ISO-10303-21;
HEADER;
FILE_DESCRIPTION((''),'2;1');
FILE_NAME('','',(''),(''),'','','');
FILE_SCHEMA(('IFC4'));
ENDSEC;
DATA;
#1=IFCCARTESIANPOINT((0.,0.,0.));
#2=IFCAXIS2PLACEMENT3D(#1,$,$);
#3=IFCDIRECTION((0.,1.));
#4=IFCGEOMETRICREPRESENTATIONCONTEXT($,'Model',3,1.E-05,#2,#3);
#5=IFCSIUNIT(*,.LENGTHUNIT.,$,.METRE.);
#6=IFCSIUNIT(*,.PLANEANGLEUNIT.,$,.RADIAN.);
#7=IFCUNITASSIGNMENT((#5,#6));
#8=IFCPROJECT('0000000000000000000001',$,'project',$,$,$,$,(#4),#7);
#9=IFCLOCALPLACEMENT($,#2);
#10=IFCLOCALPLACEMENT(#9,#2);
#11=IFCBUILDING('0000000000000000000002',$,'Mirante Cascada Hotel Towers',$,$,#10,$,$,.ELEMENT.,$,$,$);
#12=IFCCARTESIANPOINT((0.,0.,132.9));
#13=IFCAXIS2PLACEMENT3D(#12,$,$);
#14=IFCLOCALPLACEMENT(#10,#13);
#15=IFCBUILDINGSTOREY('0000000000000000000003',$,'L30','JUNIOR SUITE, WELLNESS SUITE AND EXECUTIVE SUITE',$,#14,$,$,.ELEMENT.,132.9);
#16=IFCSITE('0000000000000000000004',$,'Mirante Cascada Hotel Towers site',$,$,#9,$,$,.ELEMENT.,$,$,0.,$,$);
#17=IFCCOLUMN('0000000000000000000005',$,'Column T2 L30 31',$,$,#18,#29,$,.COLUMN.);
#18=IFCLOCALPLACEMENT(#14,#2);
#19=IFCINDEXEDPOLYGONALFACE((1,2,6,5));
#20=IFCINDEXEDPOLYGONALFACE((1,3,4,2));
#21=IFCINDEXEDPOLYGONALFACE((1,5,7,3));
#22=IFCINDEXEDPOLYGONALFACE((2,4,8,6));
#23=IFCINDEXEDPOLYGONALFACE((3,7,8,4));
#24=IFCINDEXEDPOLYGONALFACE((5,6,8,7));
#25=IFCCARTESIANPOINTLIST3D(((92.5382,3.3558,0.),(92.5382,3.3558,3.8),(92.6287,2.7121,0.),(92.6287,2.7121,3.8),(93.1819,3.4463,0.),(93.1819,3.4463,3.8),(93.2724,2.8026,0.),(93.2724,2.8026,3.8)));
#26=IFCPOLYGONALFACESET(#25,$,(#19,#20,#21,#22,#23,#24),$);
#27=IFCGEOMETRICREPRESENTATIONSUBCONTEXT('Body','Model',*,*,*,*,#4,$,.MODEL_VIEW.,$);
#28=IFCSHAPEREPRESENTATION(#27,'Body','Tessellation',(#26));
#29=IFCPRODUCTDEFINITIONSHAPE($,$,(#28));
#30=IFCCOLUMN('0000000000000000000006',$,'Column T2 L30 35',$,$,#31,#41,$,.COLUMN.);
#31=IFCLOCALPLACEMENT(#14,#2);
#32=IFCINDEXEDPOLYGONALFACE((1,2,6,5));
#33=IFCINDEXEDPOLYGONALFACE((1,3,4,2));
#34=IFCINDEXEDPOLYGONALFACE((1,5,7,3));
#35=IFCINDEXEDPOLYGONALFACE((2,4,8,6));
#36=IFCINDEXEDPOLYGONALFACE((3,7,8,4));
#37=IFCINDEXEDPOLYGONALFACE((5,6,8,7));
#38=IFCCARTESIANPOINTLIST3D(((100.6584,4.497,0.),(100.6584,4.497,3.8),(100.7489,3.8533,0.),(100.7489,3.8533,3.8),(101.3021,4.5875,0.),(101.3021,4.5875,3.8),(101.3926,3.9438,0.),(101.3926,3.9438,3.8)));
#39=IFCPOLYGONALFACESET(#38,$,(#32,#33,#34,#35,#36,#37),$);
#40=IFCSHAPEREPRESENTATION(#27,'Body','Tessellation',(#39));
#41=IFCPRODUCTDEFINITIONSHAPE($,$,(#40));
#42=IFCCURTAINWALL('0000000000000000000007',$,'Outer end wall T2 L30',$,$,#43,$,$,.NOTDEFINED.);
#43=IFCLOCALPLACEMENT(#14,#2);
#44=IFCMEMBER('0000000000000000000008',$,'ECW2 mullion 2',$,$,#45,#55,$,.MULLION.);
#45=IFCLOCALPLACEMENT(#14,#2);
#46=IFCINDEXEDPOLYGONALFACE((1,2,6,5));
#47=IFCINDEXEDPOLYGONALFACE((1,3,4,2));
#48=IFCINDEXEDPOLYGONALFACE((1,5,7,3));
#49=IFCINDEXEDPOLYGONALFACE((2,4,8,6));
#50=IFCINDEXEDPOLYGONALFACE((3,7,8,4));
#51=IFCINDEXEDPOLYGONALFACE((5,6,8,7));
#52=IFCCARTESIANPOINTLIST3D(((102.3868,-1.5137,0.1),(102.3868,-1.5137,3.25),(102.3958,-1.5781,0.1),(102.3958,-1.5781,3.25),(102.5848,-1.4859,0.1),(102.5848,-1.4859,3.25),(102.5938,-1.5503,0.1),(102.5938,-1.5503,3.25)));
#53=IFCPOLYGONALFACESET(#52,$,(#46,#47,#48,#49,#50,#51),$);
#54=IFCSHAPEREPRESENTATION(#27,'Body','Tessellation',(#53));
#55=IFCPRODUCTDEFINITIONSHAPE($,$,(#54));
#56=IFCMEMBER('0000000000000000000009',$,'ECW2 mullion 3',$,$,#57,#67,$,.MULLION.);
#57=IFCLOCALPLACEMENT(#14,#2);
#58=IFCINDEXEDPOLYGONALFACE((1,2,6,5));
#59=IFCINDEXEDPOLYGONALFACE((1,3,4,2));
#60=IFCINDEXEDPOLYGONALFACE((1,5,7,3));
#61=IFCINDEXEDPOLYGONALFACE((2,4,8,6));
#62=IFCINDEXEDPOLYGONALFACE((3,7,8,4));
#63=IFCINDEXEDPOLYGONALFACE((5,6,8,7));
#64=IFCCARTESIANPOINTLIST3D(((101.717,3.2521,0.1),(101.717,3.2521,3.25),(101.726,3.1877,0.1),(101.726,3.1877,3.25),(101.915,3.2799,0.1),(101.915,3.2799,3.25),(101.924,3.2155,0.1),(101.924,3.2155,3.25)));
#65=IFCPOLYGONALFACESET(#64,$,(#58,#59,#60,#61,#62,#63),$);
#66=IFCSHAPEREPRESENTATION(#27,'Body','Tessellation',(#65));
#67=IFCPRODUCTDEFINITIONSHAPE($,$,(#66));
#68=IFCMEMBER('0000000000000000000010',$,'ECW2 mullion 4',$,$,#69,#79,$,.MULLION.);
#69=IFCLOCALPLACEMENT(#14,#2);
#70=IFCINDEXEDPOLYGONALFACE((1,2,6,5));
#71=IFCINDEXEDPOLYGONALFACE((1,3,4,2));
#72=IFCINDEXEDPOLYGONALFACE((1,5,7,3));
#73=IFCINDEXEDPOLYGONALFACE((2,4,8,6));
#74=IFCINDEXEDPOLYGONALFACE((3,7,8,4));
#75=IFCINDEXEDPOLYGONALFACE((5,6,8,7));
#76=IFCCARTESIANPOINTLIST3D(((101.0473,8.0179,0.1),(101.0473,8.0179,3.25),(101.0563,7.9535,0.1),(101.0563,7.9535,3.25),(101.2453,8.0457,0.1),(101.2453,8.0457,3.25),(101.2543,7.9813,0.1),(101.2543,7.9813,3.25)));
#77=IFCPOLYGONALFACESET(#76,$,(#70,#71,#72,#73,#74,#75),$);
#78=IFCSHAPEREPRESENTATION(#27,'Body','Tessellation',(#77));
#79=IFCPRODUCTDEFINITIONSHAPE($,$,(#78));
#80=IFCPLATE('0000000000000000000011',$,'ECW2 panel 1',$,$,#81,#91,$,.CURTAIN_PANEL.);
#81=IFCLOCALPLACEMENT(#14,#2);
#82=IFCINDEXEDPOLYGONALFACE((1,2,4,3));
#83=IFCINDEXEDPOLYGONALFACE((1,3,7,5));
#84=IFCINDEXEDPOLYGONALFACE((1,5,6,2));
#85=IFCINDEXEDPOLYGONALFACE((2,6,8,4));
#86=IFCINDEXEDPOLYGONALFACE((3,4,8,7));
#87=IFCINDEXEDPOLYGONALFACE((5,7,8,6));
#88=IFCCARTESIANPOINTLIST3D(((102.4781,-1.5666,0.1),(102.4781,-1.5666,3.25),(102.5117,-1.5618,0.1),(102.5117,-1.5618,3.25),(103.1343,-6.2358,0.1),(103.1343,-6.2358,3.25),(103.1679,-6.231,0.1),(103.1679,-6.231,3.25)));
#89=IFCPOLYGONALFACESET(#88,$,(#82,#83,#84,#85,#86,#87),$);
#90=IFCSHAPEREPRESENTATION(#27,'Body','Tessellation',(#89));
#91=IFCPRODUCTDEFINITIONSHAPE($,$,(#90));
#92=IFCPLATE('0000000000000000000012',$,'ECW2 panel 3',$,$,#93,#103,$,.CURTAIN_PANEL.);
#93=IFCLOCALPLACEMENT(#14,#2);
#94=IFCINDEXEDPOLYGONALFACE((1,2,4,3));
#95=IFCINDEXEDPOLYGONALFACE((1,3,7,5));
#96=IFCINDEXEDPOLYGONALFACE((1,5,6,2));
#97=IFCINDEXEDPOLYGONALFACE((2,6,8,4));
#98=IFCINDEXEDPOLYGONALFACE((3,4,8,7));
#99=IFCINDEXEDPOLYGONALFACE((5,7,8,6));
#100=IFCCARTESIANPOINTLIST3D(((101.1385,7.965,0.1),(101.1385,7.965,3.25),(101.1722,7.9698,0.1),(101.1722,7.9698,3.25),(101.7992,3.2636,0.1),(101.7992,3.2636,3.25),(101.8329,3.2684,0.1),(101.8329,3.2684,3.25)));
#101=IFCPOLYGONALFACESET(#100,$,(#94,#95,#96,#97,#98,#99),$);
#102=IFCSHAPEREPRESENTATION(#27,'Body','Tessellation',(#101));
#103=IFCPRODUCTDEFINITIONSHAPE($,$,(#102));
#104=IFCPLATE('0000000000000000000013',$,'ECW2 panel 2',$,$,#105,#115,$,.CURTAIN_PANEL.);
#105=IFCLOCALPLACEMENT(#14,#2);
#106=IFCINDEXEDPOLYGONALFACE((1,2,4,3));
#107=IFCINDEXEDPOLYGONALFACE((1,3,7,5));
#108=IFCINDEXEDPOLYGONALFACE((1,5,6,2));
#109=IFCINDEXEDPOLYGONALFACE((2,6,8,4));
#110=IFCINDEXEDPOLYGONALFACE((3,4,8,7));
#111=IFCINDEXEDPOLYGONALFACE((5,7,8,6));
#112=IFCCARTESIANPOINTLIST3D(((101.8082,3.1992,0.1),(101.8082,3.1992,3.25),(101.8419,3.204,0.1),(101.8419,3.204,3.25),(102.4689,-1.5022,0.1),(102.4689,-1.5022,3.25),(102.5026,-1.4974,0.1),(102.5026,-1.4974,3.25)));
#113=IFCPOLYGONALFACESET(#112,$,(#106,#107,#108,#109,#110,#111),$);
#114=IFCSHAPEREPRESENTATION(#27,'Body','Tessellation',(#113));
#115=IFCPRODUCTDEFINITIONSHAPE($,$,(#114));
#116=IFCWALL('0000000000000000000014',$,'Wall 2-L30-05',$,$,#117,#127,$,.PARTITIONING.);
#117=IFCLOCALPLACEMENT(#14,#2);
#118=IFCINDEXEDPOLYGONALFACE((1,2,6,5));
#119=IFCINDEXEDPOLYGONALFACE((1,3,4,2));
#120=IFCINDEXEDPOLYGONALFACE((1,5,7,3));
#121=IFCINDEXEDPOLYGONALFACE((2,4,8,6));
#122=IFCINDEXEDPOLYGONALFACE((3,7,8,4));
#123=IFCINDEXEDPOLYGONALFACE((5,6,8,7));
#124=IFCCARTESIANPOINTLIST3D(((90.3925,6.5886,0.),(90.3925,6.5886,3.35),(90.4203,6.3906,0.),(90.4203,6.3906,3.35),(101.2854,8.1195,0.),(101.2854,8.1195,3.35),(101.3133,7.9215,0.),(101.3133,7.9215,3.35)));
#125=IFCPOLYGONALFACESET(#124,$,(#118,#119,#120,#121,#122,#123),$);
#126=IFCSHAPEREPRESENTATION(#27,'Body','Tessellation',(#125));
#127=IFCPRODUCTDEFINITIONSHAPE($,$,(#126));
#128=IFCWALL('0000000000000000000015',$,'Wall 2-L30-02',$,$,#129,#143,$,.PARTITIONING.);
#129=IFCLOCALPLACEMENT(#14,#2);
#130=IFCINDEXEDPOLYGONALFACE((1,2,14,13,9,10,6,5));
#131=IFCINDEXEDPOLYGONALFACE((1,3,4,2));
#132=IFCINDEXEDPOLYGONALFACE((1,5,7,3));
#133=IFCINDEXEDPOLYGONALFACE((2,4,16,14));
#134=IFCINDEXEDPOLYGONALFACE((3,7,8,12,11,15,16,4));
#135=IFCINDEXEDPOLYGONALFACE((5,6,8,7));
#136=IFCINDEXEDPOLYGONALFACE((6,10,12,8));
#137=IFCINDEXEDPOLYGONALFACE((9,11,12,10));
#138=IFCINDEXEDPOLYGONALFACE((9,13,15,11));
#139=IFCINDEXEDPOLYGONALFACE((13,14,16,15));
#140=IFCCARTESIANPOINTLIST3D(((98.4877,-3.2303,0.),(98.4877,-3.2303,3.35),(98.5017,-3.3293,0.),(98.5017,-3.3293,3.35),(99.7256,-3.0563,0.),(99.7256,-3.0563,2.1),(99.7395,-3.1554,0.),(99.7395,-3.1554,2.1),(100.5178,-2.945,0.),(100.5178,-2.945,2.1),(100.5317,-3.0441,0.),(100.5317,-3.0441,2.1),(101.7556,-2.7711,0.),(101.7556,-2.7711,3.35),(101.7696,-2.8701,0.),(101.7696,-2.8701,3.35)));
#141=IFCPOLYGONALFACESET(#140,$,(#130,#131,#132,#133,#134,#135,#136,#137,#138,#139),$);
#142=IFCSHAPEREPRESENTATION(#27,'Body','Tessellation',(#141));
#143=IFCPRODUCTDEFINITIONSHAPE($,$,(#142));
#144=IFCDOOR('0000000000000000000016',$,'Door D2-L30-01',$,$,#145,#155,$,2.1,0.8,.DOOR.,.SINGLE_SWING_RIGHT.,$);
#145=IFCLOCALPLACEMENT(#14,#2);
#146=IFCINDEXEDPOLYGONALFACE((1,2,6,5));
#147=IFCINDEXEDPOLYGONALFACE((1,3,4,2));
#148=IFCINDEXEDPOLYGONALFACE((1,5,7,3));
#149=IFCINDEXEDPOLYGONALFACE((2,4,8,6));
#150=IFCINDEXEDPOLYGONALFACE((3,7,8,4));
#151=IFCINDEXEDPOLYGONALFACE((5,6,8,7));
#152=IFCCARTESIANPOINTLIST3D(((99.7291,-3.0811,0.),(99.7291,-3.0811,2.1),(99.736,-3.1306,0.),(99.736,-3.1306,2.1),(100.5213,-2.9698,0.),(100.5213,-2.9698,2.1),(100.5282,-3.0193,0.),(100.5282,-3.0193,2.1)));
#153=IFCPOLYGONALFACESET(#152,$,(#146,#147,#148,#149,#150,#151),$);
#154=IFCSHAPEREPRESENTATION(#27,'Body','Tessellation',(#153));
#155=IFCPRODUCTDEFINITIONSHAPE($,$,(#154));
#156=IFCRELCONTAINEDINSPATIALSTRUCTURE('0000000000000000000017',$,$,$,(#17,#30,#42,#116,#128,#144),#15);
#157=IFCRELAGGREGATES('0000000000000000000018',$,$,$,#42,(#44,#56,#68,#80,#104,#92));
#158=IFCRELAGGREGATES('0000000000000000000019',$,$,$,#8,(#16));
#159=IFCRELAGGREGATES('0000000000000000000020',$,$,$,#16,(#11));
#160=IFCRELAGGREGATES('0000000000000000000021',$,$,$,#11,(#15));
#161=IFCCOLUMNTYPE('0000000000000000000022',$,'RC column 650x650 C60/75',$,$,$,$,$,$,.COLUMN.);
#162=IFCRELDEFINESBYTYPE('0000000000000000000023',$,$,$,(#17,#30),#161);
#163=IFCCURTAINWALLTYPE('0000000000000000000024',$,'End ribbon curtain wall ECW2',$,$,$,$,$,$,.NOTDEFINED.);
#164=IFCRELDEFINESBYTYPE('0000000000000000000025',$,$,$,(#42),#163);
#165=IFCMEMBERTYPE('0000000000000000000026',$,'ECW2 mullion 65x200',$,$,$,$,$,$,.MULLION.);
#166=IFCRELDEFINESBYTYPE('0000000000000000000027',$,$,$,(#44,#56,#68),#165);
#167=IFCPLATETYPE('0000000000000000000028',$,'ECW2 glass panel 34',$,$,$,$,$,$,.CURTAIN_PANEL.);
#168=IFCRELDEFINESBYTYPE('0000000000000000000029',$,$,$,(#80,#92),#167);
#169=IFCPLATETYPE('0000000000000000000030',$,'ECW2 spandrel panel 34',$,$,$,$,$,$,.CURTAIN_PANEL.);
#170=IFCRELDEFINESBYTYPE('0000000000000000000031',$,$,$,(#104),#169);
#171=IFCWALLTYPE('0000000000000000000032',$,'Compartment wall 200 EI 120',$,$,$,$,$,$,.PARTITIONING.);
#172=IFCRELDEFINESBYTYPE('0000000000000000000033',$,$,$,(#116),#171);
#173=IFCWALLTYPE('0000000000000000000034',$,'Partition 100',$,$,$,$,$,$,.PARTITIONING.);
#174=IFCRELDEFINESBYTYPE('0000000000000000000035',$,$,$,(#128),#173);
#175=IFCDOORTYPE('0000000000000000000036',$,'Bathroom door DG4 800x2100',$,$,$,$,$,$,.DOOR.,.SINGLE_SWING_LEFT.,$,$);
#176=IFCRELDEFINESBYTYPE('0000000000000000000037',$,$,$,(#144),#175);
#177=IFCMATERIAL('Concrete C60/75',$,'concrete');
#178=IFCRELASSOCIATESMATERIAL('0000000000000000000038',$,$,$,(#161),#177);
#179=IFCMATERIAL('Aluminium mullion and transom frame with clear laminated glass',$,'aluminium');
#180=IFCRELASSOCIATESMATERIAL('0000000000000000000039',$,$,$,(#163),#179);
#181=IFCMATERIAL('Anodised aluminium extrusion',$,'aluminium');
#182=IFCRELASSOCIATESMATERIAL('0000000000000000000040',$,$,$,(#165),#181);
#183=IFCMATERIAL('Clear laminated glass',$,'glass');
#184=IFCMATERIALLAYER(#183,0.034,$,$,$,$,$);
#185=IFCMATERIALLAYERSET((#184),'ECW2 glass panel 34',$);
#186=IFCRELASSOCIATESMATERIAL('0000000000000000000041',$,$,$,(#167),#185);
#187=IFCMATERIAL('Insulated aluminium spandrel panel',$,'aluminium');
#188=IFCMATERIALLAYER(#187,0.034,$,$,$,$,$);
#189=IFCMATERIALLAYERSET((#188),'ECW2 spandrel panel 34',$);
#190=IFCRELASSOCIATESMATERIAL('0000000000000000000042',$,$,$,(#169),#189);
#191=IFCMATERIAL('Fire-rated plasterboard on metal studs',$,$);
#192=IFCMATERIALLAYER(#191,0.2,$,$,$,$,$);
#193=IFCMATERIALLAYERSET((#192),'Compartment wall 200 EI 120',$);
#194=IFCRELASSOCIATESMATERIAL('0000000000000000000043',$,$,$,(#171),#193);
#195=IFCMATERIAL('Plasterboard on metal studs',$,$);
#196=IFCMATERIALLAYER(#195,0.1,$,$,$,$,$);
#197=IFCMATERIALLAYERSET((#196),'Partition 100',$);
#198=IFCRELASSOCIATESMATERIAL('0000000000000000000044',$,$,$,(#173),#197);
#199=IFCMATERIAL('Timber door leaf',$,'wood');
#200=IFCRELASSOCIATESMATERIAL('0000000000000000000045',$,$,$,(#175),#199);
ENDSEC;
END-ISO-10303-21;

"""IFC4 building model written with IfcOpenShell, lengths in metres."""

from ifc_helpers import new_model, si_unit, direction, frame, frame_2d, origin, origin_2d, place, context, subcontext, project, spatial, rectangle, extrude, material, layer, layer_set, material_profile, profile_set, type_object, element, fill, aggregate, save


model = new_model("IFC4")

# Units and contexts
model_context = context("Model", 3, precision=1e-05, world=origin(), true_north=direction((0.0, 1.0)))
body_context = subcontext(model_context, "Body", "Model", "MODEL_VIEW")
ifc_project = project(units=[si_unit("LENGTHUNIT", "METRE"), si_unit("PLANEANGLEUNIT", "RADIAN")], contexts=[model_context])

# Site, building, storey
site_placement = place(None, origin())
site = spatial("IfcSite", under=ifc_project, at=site_placement, Name="Mirante Cascada Hotel Towers site", CompositionType="ELEMENT", RefElevation=0.0)
building_placement = place(site_placement, origin())
building = spatial("IfcBuilding", under=site, at=building_placement, Name="Mirante Cascada Hotel Towers", CompositionType="ELEMENT")
storey_placement = place(building_placement, frame((0.0, 0.0, 132.9)))
storey = spatial("IfcBuildingStorey", under=building, at=storey_placement, Name="L30", Description="JUNIOR SUITE, WELLNESS SUITE AND EXECUTIVE SUITE", CompositionType="ELEMENT", Elevation=132.9)

# Columns
ifc_material_1 = material(Name="Concrete C60/75", Category="concrete")
ifc_material_profile_1 = material_profile(ifc_material_1, rectangle(XDim=0.65, YDim=0.65, at=origin_2d()), Name="RC column 650x650 C60/75")
ifc_profile_set_1 = profile_set([ifc_material_profile_1], Name="Concrete C60/75")
column_type = type_object("IfcColumnType", Name="RC column 650x650 C60/75", PredefinedType="COLUMN", material=ifc_profile_set_1)
for number, where, z_axis, x_axis, name in (
    (1, (92.9053, 3.0792, 0.0), (0.0, 0.0, 1.0), (0.990268, 0.139173, 0.0), "Column T2 L30 31"),
    (2, (101.0255, 4.2204, 0.0), (0.0, 0.0, 1.0), (0.990268, 0.139173, 0.0), "Column T2 L30 35"),
):
    element("IfcColumn", number, at=place(storey_placement, frame(where, z_axis=z_axis, x_axis=x_axis)), inside=storey, type_object=column_type, Name=name, PredefinedType="COLUMN", context=body_context, shape_type="SweptSolid", body=[
        extrude(rectangle(XDim=0.65, YDim=0.65, at=origin_2d()), origin(), (0.0, 0.0, 1.0), 3.8),
    ])

# Curtain wall, members, plates
ifc_material_2 = material(Name="Aluminium mullion and transom frame with clear laminated glass", Category="aluminium")
curtain_wall_type = type_object("IfcCurtainWallType", Name="End ribbon curtain wall ECW2", PredefinedType="NOTDEFINED", material=ifc_material_2)
curtain_wall_placement = place(storey_placement, origin())
curtain_wall = element("IfcCurtainWall", 3, at=curtain_wall_placement, inside=storey, type_object=curtain_wall_type, Name="Outer end wall T2 L30", PredefinedType="NOTDEFINED")
ifc_material_3 = material(Name="Anodised aluminium extrusion", Category="aluminium")
ifc_material_profile_2 = material_profile(ifc_material_3, rectangle(XDim=0.2, YDim=0.065, at=origin_2d()), Name="ECW2 MULLION 65x200")
ifc_profile_set_2 = profile_set([ifc_material_profile_2], Name="Anodised aluminium extrusion")
member_type = type_object("IfcMemberType", Name="ECW2 mullion 65x200", PredefinedType="MULLION", material=ifc_profile_set_2)
member_1_placement = place(storey_placement, frame((102.4903, -1.532, 0.1), z_axis=(0.0, 0.0, 1.0), x_axis=(-0.990268, -0.139173, 0.0)))
member_1 = element("IfcMember", 4, at=member_1_placement, type_object=member_type, Name="ECW2 mullion 2", PredefinedType="MULLION", context=body_context, shape_type="SweptSolid", body=[
    extrude(rectangle(XDim=0.2, YDim=0.065, at=origin_2d()), origin(), (0.0, 0.0, 1.0), 3.15),
])
member_2_placement = place(storey_placement, frame((101.8205, 3.2338, 0.1), z_axis=(0.0, 0.0, 1.0), x_axis=(-0.990268, -0.139173, 0.0)))
member_2 = element("IfcMember", 5, at=member_2_placement, type_object=member_type, Name="ECW2 mullion 3", PredefinedType="MULLION", context=body_context, shape_type="SweptSolid", body=[
    extrude(rectangle(XDim=0.2, YDim=0.065, at=origin_2d()), origin(), (0.0, 0.0, 1.0), 3.15),
])
member_3_placement = place(storey_placement, frame((101.1508, 7.9996, 0.1), z_axis=(0.0, 0.0, 1.0), x_axis=(-0.990268, -0.139173, 0.0)))
member_3 = element("IfcMember", 6, at=member_3_placement, type_object=member_type, Name="ECW2 mullion 4", PredefinedType="MULLION", context=body_context, shape_type="SweptSolid", body=[
    extrude(rectangle(XDim=0.2, YDim=0.065, at=origin_2d()), origin(), (0.0, 0.0, 1.0), 3.15),
])
ifc_material_4 = material(Name="Clear laminated glass", Category="glass")
ifc_layer_1 = layer(ifc_material_4, 0.034)
ifc_layer_set_1 = layer_set([ifc_layer_1], Name="ECW2 glass panel 34")
plate_type_1 = type_object("IfcPlateType", Name="ECW2 glass panel 34", PredefinedType="CURTAIN_PANEL", material=ifc_layer_set_1)
plate_1_placement = place(storey_placement, frame((102.823, -3.8988, 0.1), z_axis=(0.0, 0.0, 1.0), x_axis=(-0.139173, 0.990268, 0.0)))
plate_1 = element("IfcPlate", 7, at=plate_1_placement, type_object=plate_type_1, Name="ECW2 panel 1", PredefinedType="CURTAIN_PANEL", context=body_context, shape_type="SweptSolid", body=[
    extrude(rectangle(XDim=4.7151, YDim=0.034, at=origin_2d()), origin(), (0.0, 0.0, 1.0), 3.15),
])
plate_2_placement = place(storey_placement, frame((101.4857, 5.6167, 0.1), z_axis=(0.0, 0.0, 1.0), x_axis=(-0.139173, 0.990268, 0.0)))
plate_2 = element("IfcPlate", 8, at=plate_2_placement, type_object=plate_type_1, Name="ECW2 panel 3", PredefinedType="CURTAIN_PANEL", context=body_context, shape_type="SweptSolid", body=[
    extrude(rectangle(XDim=4.7476, YDim=0.034, at=origin_2d()), origin(), (0.0, 0.0, 1.0), 3.15),
])
ifc_material_5 = material(Name="Insulated aluminium spandrel panel", Category="aluminium")
ifc_layer_2 = layer(ifc_material_5, 0.034)
ifc_layer_set_2 = layer_set([ifc_layer_2], Name="ECW2 spandrel panel 34")
plate_type_2 = type_object("IfcPlateType", Name="ECW2 spandrel panel 34", PredefinedType="CURTAIN_PANEL", material=ifc_layer_set_2)
plate_3_placement = place(storey_placement, frame((102.1554, 0.8509, 0.1), z_axis=(0.0, 0.0, 1.0), x_axis=(-0.139173, 0.990268, 0.0)))
plate_3 = element("IfcPlate", 9, at=plate_3_placement, type_object=plate_type_2, Name="ECW2 panel 2", PredefinedType="CURTAIN_PANEL", context=body_context, shape_type="SweptSolid", body=[
    extrude(rectangle(XDim=4.7476, YDim=0.034, at=origin_2d()), origin(), (0.0, 0.0, 1.0), 3.15),
])
aggregate(curtain_wall, [member_1, member_2, member_3, plate_1, plate_3, plate_2])

# Wall
ifc_material_6 = material(Name="Fire-rated plasterboard on metal studs")
ifc_layer_3 = layer(ifc_material_6, 0.2)
ifc_layer_set_3 = layer_set([ifc_layer_3], Name="Compartment wall 200 EI 120")
wall_type_1 = type_object("IfcWallType", Name="Compartment wall 200 EI 120", PredefinedType="PARTITIONING", material=ifc_layer_set_3)
wall_1_placement = place(storey_placement, frame((90.4064, 6.4896, 0.0), z_axis=(0.0, 0.0, 1.0), x_axis=(0.990268, 0.139173, 0.0)))
element("IfcWall", 10, at=wall_1_placement, inside=storey, type_object=wall_type_1, Name="Wall 2-L30-05", PredefinedType="PARTITIONING", context=body_context, shape_type="SweptSolid", body=[
    extrude(rectangle(XDim=11.0, YDim=0.2, at=frame_2d((5.5, 0.0))), origin(), (0.0, 0.0, 1.0), 3.35),
])

# Wall, opening, door
ifc_material_7 = material(Name="Plasterboard on metal studs")
ifc_layer_4 = layer(ifc_material_7, 0.1)
ifc_layer_set_4 = layer_set([ifc_layer_4], Name="Partition 100")
wall_type_2 = type_object("IfcWallType", Name="Partition 100", PredefinedType="PARTITIONING", material=ifc_layer_set_4)
wall_2_placement = place(storey_placement, frame((101.7626, -2.8206, 0.0), z_axis=(0.0, 0.0, 1.0), x_axis=(-0.990271, -0.139151, 0.0)))
wall_2 = element("IfcWall", 11, at=wall_2_placement, inside=storey, type_object=wall_type_2, Name="Wall 2-L30-02", PredefinedType="PARTITIONING", context=body_context, shape_type="SweptSolid", body=[
    extrude(rectangle(XDim=3.3, YDim=0.1, at=frame_2d((1.65, 0.0))), origin(), (0.0, 0.0, 1.0), 3.35),
])
opening_1_placement = place(wall_2_placement, frame((1.25, 0.0, 0.0)))
opening_1 = element("IfcOpeningElement", 12, at=opening_1_placement, cuts=wall_2, PredefinedType="OPENING", context=body_context, shape_type="SweptSolid", body=[
    extrude(rectangle(XDim=0.8, YDim=2.1, at=frame_2d((0.4, 1.05))), frame((0.0, 0.05, 0.0), z_axis=(0.0, -1.0, 0.0), x_axis=(1.0, 0.0, 0.0)), (0.0, 0.0, 1.0), 0.1),
])
ifc_material_8 = material(Name="Timber door leaf", Category="wood")
door_type = type_object("IfcDoorType", Name="Bathroom door DG4 800x2100", OperationType="SINGLE_SWING_LEFT", PredefinedType="DOOR", material=ifc_material_8)
door_1_placement = place(opening_1_placement, frame((0.8, 0.0, 0.0), z_axis=(0.0, 0.0, 1.0), x_axis=(-1.0, 0.0, 0.0)))
door_1 = element("IfcDoor", 13, at=door_1_placement, inside=storey, type_object=door_type, Name="Door D2-L30-01", OperationType="SINGLE_SWING_RIGHT", OverallHeight=2.1, OverallWidth=0.8, PredefinedType="DOOR", context=body_context, shape_type="SweptSolid", body=[
    extrude(rectangle(XDim=0.8, YDim=2.1, at=frame_2d((0.4, 1.05))), frame((0.0, 0.025, 0.0), z_axis=(0.0, -1.0, 0.0), x_axis=(1.0, 0.0, 0.0)), (0.0, 0.0, 1.0), 0.05),
])
fill(opening_1, door_1)

save(model, "model.ifc")
